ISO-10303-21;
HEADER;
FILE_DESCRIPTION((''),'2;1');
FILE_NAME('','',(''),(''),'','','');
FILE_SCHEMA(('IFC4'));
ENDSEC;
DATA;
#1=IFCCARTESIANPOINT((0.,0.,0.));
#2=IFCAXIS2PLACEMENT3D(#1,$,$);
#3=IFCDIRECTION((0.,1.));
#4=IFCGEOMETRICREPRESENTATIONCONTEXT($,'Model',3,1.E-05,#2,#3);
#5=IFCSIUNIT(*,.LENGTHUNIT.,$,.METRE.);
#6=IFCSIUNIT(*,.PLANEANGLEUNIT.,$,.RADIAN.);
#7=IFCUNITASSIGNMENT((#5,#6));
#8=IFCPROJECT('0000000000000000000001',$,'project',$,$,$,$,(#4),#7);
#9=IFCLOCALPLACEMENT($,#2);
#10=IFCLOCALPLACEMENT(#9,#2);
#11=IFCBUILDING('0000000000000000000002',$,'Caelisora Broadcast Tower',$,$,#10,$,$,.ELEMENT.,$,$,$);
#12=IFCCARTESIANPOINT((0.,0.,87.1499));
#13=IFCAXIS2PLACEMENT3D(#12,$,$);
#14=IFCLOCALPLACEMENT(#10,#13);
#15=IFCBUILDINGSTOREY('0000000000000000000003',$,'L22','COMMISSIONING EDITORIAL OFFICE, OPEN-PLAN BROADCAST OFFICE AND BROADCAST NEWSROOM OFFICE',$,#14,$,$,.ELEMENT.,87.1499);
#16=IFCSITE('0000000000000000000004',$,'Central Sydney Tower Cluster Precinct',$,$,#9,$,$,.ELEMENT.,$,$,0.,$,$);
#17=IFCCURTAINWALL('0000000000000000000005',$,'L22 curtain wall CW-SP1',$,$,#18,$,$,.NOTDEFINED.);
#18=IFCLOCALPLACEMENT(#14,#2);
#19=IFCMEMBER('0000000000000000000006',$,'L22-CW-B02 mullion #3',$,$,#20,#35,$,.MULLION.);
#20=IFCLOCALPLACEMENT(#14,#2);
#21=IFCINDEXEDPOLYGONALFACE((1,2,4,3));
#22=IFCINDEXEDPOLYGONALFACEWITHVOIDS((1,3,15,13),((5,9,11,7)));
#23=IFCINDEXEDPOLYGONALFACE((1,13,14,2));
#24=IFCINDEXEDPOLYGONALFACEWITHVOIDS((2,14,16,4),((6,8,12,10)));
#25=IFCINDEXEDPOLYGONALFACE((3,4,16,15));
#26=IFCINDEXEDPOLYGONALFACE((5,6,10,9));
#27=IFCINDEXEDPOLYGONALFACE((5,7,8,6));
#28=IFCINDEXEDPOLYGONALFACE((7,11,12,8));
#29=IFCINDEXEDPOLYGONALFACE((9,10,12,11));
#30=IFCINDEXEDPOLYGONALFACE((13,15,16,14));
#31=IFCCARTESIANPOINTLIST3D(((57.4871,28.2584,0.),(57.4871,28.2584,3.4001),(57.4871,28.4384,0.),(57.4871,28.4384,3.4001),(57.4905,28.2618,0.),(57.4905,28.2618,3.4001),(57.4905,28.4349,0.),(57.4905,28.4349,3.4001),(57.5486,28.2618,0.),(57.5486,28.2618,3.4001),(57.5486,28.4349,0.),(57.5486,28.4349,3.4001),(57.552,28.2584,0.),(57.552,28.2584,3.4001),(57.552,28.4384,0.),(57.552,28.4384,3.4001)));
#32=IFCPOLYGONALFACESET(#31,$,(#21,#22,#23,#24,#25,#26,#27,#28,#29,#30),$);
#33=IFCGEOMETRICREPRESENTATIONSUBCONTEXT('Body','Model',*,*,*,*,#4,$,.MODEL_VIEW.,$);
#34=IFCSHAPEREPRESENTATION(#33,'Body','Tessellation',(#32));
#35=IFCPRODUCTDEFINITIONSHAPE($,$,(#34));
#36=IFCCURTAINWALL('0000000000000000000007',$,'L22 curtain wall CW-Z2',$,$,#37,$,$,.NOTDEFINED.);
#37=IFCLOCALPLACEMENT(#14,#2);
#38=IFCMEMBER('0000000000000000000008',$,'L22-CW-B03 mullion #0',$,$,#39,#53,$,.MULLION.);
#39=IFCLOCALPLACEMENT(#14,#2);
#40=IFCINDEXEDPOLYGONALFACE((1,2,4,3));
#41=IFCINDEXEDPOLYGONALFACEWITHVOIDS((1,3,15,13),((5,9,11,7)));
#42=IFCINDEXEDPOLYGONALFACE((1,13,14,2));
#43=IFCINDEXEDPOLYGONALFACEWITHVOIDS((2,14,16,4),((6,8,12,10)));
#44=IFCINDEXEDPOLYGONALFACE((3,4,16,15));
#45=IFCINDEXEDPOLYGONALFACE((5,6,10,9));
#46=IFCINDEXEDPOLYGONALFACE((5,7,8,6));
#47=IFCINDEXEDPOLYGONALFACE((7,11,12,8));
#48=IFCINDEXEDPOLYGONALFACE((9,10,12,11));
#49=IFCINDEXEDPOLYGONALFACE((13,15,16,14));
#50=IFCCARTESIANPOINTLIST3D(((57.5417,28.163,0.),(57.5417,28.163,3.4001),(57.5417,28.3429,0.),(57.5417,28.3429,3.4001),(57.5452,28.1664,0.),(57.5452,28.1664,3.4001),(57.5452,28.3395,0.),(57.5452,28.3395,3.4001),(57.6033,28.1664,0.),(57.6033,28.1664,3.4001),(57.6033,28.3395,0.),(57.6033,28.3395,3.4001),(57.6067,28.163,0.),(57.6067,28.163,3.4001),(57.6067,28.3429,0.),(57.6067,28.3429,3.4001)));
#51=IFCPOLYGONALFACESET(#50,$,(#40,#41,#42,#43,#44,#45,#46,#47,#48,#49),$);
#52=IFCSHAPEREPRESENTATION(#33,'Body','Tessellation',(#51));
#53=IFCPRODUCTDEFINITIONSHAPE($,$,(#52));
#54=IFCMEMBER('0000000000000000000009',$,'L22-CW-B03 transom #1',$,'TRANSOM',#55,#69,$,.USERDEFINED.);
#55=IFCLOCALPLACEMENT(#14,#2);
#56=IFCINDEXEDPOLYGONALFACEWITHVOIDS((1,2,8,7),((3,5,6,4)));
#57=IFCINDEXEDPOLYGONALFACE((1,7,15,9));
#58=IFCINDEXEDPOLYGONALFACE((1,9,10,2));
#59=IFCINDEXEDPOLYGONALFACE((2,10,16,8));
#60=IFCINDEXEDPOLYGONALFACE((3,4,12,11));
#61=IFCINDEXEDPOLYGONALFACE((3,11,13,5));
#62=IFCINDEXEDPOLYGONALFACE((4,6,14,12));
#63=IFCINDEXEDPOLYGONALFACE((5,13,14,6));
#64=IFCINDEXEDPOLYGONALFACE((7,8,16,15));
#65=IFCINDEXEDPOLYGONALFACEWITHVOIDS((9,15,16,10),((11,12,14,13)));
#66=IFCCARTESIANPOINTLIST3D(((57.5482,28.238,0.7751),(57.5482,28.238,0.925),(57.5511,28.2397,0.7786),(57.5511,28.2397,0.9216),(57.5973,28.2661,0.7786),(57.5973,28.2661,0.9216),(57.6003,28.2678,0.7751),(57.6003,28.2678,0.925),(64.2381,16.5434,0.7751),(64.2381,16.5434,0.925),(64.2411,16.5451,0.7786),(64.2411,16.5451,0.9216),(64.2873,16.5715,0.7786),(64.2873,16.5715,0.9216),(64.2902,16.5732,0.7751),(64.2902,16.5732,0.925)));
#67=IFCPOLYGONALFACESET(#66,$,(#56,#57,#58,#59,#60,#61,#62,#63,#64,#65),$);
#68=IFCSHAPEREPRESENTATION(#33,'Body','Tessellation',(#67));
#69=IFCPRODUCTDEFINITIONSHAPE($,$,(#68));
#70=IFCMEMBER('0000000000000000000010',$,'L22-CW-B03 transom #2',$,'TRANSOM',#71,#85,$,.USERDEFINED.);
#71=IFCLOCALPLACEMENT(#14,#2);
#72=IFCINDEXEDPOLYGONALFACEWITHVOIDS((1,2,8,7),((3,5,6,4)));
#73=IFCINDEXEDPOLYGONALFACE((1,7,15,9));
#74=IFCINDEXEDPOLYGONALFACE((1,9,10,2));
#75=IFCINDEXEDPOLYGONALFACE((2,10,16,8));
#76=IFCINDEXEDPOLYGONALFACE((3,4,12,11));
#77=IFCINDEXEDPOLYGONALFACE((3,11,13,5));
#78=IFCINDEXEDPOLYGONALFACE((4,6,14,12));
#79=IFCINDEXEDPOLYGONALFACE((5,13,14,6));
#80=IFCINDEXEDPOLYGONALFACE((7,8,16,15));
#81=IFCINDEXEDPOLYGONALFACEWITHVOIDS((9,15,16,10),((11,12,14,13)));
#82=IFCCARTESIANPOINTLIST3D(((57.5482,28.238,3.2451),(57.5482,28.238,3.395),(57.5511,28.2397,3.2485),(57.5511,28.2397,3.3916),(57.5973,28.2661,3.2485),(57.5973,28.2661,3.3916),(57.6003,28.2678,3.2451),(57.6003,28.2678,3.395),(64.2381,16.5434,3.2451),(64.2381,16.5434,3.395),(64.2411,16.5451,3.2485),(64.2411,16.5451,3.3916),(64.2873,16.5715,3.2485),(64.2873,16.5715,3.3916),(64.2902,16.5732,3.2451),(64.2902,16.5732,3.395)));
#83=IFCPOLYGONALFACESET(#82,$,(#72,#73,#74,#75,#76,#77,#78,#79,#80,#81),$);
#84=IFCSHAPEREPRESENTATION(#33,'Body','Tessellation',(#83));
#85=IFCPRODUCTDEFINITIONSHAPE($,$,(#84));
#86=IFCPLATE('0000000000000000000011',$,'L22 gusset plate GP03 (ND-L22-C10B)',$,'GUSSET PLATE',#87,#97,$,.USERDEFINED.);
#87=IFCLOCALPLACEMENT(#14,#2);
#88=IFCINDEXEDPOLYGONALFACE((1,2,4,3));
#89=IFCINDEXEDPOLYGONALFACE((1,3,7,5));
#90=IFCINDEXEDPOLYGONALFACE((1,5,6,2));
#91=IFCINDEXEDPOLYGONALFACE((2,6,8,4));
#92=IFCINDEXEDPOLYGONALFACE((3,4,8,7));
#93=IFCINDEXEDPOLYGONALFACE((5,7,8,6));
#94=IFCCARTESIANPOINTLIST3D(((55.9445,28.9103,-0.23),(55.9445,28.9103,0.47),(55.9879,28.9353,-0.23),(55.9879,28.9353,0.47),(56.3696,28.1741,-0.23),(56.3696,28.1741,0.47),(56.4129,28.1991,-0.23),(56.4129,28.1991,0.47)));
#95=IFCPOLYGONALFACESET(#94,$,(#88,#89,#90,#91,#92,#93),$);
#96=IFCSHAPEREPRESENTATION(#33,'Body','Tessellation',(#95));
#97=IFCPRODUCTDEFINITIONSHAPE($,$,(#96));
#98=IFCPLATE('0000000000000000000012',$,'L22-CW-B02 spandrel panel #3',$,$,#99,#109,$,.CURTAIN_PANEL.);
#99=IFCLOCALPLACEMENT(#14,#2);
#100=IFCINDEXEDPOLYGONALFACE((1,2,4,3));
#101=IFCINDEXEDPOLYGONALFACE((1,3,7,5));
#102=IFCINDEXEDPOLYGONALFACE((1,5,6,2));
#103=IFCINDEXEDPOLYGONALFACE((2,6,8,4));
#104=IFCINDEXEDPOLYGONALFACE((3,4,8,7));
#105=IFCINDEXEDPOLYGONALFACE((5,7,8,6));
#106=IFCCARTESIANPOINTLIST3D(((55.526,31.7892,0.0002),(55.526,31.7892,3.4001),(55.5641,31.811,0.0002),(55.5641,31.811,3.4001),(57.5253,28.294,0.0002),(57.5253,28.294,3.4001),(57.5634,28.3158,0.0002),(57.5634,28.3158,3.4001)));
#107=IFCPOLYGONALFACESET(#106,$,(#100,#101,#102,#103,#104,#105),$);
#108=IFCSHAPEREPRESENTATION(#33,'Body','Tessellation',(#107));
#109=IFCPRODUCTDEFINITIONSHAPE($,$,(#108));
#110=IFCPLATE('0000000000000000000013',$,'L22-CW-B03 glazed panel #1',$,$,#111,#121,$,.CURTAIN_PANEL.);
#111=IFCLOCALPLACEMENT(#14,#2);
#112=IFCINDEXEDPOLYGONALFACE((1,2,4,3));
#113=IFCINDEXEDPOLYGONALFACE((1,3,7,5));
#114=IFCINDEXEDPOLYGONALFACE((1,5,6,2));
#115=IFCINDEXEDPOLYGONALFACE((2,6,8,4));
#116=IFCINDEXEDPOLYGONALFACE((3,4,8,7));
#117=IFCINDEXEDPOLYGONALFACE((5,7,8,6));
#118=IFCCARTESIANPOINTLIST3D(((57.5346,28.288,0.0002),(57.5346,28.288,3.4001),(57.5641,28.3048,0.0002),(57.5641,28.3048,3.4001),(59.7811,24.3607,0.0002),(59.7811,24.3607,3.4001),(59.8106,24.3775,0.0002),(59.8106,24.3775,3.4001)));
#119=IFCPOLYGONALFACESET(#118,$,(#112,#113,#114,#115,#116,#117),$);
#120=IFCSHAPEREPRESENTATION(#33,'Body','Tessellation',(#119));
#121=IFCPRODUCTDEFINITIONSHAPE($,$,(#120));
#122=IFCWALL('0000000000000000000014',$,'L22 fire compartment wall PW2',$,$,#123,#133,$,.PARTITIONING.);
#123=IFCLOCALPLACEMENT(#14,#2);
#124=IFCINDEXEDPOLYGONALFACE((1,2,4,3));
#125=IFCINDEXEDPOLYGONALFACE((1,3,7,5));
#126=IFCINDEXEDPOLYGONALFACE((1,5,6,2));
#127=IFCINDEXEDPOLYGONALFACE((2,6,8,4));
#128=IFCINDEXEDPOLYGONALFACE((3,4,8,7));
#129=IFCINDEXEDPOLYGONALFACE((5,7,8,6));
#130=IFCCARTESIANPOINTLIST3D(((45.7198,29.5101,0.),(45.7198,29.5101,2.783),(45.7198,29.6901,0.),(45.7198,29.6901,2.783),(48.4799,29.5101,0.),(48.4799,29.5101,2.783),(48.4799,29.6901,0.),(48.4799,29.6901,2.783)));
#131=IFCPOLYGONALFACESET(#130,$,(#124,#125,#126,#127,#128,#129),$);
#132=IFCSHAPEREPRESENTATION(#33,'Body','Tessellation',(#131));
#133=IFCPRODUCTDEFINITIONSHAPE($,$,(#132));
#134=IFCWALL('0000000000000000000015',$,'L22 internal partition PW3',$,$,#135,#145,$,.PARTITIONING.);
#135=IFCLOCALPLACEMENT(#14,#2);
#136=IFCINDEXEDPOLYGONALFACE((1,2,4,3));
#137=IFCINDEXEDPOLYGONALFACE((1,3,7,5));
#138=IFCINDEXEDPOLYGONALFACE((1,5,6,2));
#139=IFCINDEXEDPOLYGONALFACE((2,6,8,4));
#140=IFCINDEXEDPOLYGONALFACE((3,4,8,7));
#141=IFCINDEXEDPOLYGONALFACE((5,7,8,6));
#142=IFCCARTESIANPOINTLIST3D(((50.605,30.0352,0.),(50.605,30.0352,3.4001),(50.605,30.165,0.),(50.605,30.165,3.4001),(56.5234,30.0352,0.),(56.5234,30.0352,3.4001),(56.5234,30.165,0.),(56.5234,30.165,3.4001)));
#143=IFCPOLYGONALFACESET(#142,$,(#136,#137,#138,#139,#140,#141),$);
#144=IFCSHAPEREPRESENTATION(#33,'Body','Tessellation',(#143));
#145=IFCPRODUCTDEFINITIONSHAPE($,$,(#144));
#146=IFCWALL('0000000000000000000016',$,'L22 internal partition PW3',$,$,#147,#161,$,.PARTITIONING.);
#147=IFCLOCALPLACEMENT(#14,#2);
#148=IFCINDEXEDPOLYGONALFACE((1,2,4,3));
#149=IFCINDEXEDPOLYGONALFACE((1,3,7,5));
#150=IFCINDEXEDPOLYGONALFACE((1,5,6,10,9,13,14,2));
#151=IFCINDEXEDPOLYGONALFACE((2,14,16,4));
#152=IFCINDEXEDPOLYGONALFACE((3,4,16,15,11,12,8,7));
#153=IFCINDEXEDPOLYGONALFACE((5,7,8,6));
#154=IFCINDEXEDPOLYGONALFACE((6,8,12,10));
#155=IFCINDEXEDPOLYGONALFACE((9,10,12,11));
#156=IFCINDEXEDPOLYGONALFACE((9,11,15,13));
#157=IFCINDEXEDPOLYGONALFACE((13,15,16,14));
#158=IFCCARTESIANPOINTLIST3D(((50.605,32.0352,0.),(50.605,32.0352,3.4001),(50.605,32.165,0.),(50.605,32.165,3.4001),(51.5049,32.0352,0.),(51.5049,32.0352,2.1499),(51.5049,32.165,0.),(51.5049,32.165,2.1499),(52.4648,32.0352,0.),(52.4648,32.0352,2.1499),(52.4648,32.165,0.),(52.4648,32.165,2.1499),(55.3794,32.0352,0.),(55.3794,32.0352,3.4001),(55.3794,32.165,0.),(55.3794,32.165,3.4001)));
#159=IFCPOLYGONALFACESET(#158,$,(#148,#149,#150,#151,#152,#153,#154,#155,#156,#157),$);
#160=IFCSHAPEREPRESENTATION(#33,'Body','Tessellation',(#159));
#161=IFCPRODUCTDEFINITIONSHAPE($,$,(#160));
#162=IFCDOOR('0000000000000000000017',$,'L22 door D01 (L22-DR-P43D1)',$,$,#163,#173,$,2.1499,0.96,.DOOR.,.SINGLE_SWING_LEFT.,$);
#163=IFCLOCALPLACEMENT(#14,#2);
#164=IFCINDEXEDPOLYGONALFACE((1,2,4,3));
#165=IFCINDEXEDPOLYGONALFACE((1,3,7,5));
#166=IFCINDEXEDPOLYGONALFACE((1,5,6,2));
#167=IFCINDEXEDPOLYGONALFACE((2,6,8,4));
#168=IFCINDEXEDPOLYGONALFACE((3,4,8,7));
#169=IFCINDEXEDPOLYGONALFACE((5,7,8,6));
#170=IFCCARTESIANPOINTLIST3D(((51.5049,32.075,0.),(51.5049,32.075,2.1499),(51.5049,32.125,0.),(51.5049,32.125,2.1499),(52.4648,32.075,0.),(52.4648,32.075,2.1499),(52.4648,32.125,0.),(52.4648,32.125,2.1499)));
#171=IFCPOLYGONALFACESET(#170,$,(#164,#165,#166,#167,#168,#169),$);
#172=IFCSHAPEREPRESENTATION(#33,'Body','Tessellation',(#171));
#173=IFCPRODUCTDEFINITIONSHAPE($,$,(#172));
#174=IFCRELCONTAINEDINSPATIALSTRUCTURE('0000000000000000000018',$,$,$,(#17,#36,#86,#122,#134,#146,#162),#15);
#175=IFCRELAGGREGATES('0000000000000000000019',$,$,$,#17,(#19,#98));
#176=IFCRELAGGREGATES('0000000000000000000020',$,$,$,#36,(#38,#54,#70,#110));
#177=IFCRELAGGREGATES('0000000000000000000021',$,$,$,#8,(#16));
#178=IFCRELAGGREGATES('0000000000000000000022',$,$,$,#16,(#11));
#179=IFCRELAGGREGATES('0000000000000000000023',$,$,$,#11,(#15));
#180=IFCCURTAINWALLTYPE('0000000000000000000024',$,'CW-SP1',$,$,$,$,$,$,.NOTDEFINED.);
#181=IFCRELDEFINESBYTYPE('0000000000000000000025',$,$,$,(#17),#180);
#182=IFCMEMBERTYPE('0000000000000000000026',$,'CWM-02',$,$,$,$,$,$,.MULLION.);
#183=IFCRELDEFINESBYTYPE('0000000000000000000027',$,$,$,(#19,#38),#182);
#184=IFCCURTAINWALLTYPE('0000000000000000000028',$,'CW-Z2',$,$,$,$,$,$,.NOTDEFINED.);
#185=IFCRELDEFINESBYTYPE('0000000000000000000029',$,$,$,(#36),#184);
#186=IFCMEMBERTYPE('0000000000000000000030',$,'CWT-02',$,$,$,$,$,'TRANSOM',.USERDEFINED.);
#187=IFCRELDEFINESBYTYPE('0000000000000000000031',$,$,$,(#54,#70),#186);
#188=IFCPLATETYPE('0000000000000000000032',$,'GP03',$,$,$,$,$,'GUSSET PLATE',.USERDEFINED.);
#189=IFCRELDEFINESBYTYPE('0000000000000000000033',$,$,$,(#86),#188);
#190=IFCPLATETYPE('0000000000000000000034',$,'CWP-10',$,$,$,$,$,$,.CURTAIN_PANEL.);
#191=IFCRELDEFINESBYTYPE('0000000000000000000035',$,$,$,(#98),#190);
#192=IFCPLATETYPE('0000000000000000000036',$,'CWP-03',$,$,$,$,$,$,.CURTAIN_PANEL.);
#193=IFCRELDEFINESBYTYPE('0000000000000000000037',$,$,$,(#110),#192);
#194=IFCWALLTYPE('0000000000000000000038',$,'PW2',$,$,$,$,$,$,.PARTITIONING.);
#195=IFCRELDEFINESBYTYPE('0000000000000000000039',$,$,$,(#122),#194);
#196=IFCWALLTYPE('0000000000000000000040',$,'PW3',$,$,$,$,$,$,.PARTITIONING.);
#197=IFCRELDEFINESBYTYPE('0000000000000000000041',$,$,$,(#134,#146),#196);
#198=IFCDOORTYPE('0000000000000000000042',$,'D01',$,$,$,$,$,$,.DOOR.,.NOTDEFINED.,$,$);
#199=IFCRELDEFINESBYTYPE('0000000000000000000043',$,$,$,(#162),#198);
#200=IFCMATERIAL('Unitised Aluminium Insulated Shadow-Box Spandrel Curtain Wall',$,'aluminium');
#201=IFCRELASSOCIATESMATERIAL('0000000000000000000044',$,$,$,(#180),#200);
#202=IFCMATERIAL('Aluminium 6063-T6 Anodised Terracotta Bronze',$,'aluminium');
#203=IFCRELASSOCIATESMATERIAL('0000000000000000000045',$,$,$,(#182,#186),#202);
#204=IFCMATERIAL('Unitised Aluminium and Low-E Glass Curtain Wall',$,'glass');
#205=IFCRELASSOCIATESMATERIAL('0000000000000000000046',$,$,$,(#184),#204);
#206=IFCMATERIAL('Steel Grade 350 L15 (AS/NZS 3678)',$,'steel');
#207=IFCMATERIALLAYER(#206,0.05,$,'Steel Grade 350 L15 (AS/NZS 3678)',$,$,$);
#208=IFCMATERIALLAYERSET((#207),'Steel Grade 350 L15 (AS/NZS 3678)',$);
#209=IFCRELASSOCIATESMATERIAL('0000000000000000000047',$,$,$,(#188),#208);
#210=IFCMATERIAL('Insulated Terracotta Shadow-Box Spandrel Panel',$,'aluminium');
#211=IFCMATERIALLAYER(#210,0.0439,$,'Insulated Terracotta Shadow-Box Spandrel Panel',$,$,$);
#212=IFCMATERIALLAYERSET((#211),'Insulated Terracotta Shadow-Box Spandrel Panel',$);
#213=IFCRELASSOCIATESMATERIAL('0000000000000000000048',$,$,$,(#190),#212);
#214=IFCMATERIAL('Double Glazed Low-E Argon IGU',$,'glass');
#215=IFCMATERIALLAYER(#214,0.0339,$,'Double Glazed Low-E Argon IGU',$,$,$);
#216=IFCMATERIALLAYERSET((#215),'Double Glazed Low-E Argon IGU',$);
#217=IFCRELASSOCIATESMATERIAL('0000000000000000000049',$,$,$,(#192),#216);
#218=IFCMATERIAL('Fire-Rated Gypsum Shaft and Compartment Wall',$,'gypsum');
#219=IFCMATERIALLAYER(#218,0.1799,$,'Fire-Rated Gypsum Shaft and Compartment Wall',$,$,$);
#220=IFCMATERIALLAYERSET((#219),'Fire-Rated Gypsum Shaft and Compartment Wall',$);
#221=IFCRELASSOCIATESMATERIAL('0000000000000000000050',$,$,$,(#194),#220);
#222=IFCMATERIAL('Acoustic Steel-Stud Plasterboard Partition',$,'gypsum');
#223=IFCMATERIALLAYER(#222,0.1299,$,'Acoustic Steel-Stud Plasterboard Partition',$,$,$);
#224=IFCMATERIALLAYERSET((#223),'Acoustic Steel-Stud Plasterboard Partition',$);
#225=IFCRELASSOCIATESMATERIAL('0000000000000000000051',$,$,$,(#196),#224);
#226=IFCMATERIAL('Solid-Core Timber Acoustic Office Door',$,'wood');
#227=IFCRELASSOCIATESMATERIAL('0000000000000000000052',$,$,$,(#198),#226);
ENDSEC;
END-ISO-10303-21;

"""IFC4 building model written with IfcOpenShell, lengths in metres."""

from ifc_helpers import new_model, si_unit, direction, frame, frame_2d, origin, origin_2d, place, context, subcontext, project, spatial, rectangle, hollow_rectangle, extrude, source, transform, mapped, material, layer, layer_set, material_profile, profile_set, type_object, type_shapes, element, fill, aggregate, save


model = new_model("IFC4")

# Units and contexts
model_context = context("Model", 3, precision=1e-05, world=origin(), true_north=direction((0.0, 1.0)))
body_context = subcontext(model_context, "Body", "Model", "MODEL_VIEW")
ifc_project = project(units=[si_unit("LENGTHUNIT", "METRE"), si_unit("PLANEANGLEUNIT", "RADIAN")], contexts=[model_context])

# Site, building, storey
site_placement = place(None, origin())
site = spatial("IfcSite", under=ifc_project, at=site_placement, Name="Central Sydney Tower Cluster Precinct", CompositionType="ELEMENT", RefElevation=0.0)
building_placement = place(site_placement, origin())
building = spatial("IfcBuilding", under=site, at=building_placement, Name="Caelisora Broadcast Tower", CompositionType="ELEMENT")
storey_placement = place(building_placement, frame((0.0, 0.0, 87.1499)))
storey = spatial("IfcBuildingStorey", under=building, at=storey_placement, Name="L22", Description="COMMISSIONING EDITORIAL OFFICE, OPEN-PLAN BROADCAST OFFICE AND BROADCAST NEWSROOM OFFICE", CompositionType="ELEMENT", Elevation=87.1499)

# Shared definitions
ifc_material_1 = material(Name="Steel Grade 350 L15 (AS/NZS 3678)", Category="steel")

# Curtain walls, members
ifc_material_2 = material(Name="Unitised Aluminium Insulated Shadow-Box Spandrel Curtain Wall", Category="aluminium")
curtain_wall_type_1 = type_object("IfcCurtainWallType", Name="CW-SP1", PredefinedType="NOTDEFINED", material=ifc_material_2)
curtain_wall_1_placement = place(storey_placement, origin())
curtain_wall_1 = element("IfcCurtainWall", 1, at=curtain_wall_1_placement, inside=storey, type_object=curtain_wall_type_1, Name="L22 curtain wall CW-SP1", PredefinedType="NOTDEFINED")
ifc_material_3 = material(Name="Aluminium 6063-T6 Anodised Terracotta Bronze", Category="aluminium")
ifc_material_profile_1 = material_profile(ifc_material_3, hollow_rectangle(XDim=0.0649, YDim=0.1799, WallThickness=0.0034, at=origin_2d()), Name="Aluminium 6063-T6 Anodised Terracotta Bronze")
ifc_profile_set_1 = profile_set([ifc_material_profile_1], Name="Aluminium 6063-T6 Anodised Terracotta Bronze")
member_type_1 = type_object("IfcMemberType", Name="CWM-02", PredefinedType="MULLION", material=ifc_profile_set_1)
shared_shape_1 = source(origin(), body_context, "Body", "SweptSolid", [
    extrude(hollow_rectangle(XDim=0.0649, YDim=0.1799, WallThickness=0.0034, at=origin_2d()), origin(), (0.0, 0.0, 1.0), 3.4001),
])
type_shapes(member_type_1, [shared_shape_1])
member_1_placement = place(storey_placement, frame((57.5195, 28.3484, 0.0), z_axis=(0.0, 0.0, 1.0), x_axis=(1.0, 0.0, 0.0)))
member_1 = element("IfcMember", 2, at=member_1_placement, type_object=member_type_1, Name="L22-CW-B02 mullion #3", PredefinedType="MULLION", context=body_context, shape_type="MappedRepresentation", body=[
    mapped(shared_shape_1, transform((0.0, 0.0, 0.0), scale=1.0)),
])
ifc_material_4 = material(Name="Unitised Aluminium and Low-E Glass Curtain Wall", Category="glass")
curtain_wall_type_2 = type_object("IfcCurtainWallType", Name="CW-Z2", PredefinedType="NOTDEFINED", material=ifc_material_4)
curtain_wall_2_placement = place(storey_placement, origin())
curtain_wall_2 = element("IfcCurtainWall", 3, at=curtain_wall_2_placement, inside=storey, type_object=curtain_wall_type_2, Name="L22 curtain wall CW-Z2", PredefinedType="NOTDEFINED")
member_2_placement = place(storey_placement, frame((57.5742, 28.2529, 0.0), z_axis=(0.0, 0.0, 1.0), x_axis=(1.0, 0.0, 0.0)))
member_2 = element("IfcMember", 4, at=member_2_placement, type_object=member_type_1, Name="L22-CW-B03 mullion #0", PredefinedType="MULLION", context=body_context, shape_type="MappedRepresentation", body=[
    mapped(shared_shape_1, transform((0.0, 0.0, 0.0), scale=1.0)),
])
ifc_material_profile_2 = material_profile(ifc_material_3, hollow_rectangle(XDim=0.0601, YDim=0.1499, WallThickness=0.0034, at=origin_2d()), Name="Aluminium 6063-T6 Anodised Terracotta Bronze")
ifc_profile_set_2 = profile_set([ifc_material_profile_2], Name="Aluminium 6063-T6 Anodised Terracotta Bronze")
member_type_2 = type_object("IfcMemberType", Name="CWT-02", ElementType="TRANSOM", PredefinedType="USERDEFINED", material=ifc_profile_set_2)
shared_shape_2 = source(origin(), body_context, "Body", "SweptSolid", [
    extrude(hollow_rectangle(XDim=0.0601, YDim=0.1499, WallThickness=0.0034, at=origin_2d()), origin(), (0.0, 0.0, 1.0), 13.4729),
])
type_shapes(member_type_2, [shared_shape_2])
member_3_placement = place(storey_placement, frame((57.5742, 28.2529, 0.8501), z_axis=(0.496549, -0.868009, 0.0), x_axis=(0.868009, 0.496549, 0.0)))
member_3 = element("IfcMember", 5, at=member_3_placement, type_object=member_type_2, Name="L22-CW-B03 transom #1", ObjectType="TRANSOM", PredefinedType="USERDEFINED", context=body_context, shape_type="MappedRepresentation", body=[
    mapped(shared_shape_2, transform((0.0, 0.0, 0.0), scale=1.0)),
])
member_4_placement = place(storey_placement, frame((57.5742, 28.2529, 3.3201), z_axis=(0.496549, -0.868009, 0.0), x_axis=(0.868009, 0.496549, 0.0)))
member_4 = element("IfcMember", 6, at=member_4_placement, type_object=member_type_2, Name="L22-CW-B03 transom #2", ObjectType="TRANSOM", PredefinedType="USERDEFINED", context=body_context, shape_type="MappedRepresentation", body=[
    mapped(shared_shape_2, transform((0.0, 0.0, 0.0), scale=1.0)),
])

# Plates
ifc_layer_1 = layer(ifc_material_1, 0.05, Name="Steel Grade 350 L15 (AS/NZS 3678)")
ifc_layer_set_1 = layer_set([ifc_layer_1], Name="Steel Grade 350 L15 (AS/NZS 3678)")
plate_type_1 = type_object("IfcPlateType", Name="GP03", ElementType="GUSSET PLATE", PredefinedType="USERDEFINED", material=ifc_layer_set_1)
shared_shape_3 = source(origin(), body_context, "Body", "SweptSolid", [
    extrude(rectangle(XDim=0.8501, YDim=0.05, at=origin_2d()), origin(), (0.0, 0.0, 1.0), 0.7),
])
type_shapes(plate_type_1, [shared_shape_3])
plate_1_placement = place(storey_placement, frame((56.1787, 28.5547, -0.23), z_axis=(0.0, 0.0, 1.0), x_axis=(-0.5, 0.866025, 0.0)))
element("IfcPlate", 7, at=plate_1_placement, inside=storey, type_object=plate_type_1, Name="L22 gusset plate GP03 (ND-L22-C10B)", ObjectType="GUSSET PLATE", PredefinedType="USERDEFINED", context=body_context, shape_type="MappedRepresentation", body=[
    mapped(shared_shape_3, transform((0.0, 0.0, 0.0), scale=1.0)),
])
ifc_material_5 = material(Name="Insulated Terracotta Shadow-Box Spandrel Panel", Category="aluminium")
ifc_layer_2 = layer(ifc_material_5, 0.0439, Name="Insulated Terracotta Shadow-Box Spandrel Panel")
ifc_layer_set_2 = layer_set([ifc_layer_2], Name="Insulated Terracotta Shadow-Box Spandrel Panel")
plate_type_2 = type_object("IfcPlateType", Name="CWP-10", PredefinedType="CURTAIN_PANEL", material=ifc_layer_set_2)
shared_shape_4 = source(origin(), body_context, "Body", "SweptSolid", [
    extrude(rectangle(XDim=4.0266, YDim=0.0439, at=origin_2d()), origin(), (0.0, 0.0, 1.0), 3.3999),
])
type_shapes(plate_type_2, [shared_shape_4])
plate_2_placement = place(storey_placement, frame((56.5447, 30.0525, 0.0002), z_axis=(0.0, 0.0, 1.0), x_axis=(0.49652, -0.868026, 0.0)))
plate_2 = element("IfcPlate", 8, at=plate_2_placement, type_object=plate_type_2, Name="L22-CW-B02 spandrel panel #3", PredefinedType="CURTAIN_PANEL", context=body_context, shape_type="MappedRepresentation", body=[
    mapped(shared_shape_4, transform((0.0, 0.0, 0.0), scale=1.0)),
])
aggregate(curtain_wall_1, [member_1, plate_2])
ifc_material_6 = material(Name="Double Glazed Low-E Argon IGU", Category="glass")
ifc_layer_3 = layer(ifc_material_6, 0.0339, Name="Double Glazed Low-E Argon IGU")
ifc_layer_set_3 = layer_set([ifc_layer_3], Name="Double Glazed Low-E Argon IGU")
plate_type_3 = type_object("IfcPlateType", Name="CWP-03", PredefinedType="CURTAIN_PANEL", material=ifc_layer_set_3)
shared_shape_5 = source(origin(), body_context, "Body", "SweptSolid", [
    extrude(rectangle(XDim=4.5244, YDim=0.0339, at=origin_2d()), origin(), (0.0, 0.0, 1.0), 3.3999),
])
type_shapes(plate_type_3, [shared_shape_5])
plate_3_placement = place(storey_placement, frame((58.6726, 26.3328, 0.0002), z_axis=(0.0, 0.0, 1.0), x_axis=(0.49652, -0.868026, 0.0)))
plate_3 = element("IfcPlate", 9, at=plate_3_placement, type_object=plate_type_3, Name="L22-CW-B03 glazed panel #1", PredefinedType="CURTAIN_PANEL", context=body_context, shape_type="MappedRepresentation", body=[
    mapped(shared_shape_5, transform((0.0, 0.0, 0.0), scale=1.0)),
])
aggregate(curtain_wall_2, [member_2, member_3, member_4, plate_3])

# Walls
ifc_material_7 = material(Name="Fire-Rated Gypsum Shaft and Compartment Wall", Category="gypsum")
ifc_layer_4 = layer(ifc_material_7, 0.1799, Name="Fire-Rated Gypsum Shaft and Compartment Wall")
ifc_layer_set_4 = layer_set([ifc_layer_4], Name="Fire-Rated Gypsum Shaft and Compartment Wall")
wall_type_1 = type_object("IfcWallType", Name="PW2", PredefinedType="PARTITIONING", material=ifc_layer_set_4)
wall_1_placement = place(storey_placement, frame((45.72, 29.6001, 0.0), z_axis=(0.0, 0.0, 1.0), x_axis=(1.0, 0.0, 0.0)))
element("IfcWall", 10, at=wall_1_placement, inside=storey, type_object=wall_type_1, Name="L22 fire compartment wall PW2", PredefinedType="PARTITIONING", context=body_context, shape_type="SweptSolid", body=[
    extrude(rectangle(XDim=2.76, YDim=0.1799, at=frame_2d((1.3799, 0.0))), origin(), (0.0, 0.0, 1.0), 2.783),
])
ifc_material_8 = material(Name="Acoustic Steel-Stud Plasterboard Partition", Category="gypsum")
ifc_layer_5 = layer(ifc_material_8, 0.1299, Name="Acoustic Steel-Stud Plasterboard Partition")
ifc_layer_set_5 = layer_set([ifc_layer_5], Name="Acoustic Steel-Stud Plasterboard Partition")
wall_type_2 = type_object("IfcWallType", Name="PW3", PredefinedType="PARTITIONING", material=ifc_layer_set_5)
wall_2_placement = place(storey_placement, frame((50.605, 30.1001, 0.0), z_axis=(0.0, 0.0, 1.0), x_axis=(1.0, 0.0, 0.0)))
element("IfcWall", 11, at=wall_2_placement, inside=storey, type_object=wall_type_2, Name="L22 internal partition PW3", PredefinedType="PARTITIONING", context=body_context, shape_type="SweptSolid", body=[
    extrude(rectangle(XDim=5.9185, YDim=0.1299, at=frame_2d((2.9592, 0.0))), origin(), (0.0, 0.0, 1.0), 3.4001),
])

# Wall, opening, door
wall_3_placement = place(storey_placement, frame((50.605, 32.1001, 0.0), z_axis=(0.0, 0.0, 1.0), x_axis=(1.0, 0.0, 0.0)))
wall_3 = element("IfcWall", 12, at=wall_3_placement, inside=storey, type_object=wall_type_2, Name="L22 internal partition PW3", PredefinedType="PARTITIONING", context=body_context, shape_type="SweptSolid", body=[
    extrude(rectangle(XDim=4.7744, YDim=0.1299, at=frame_2d((2.3872, 0.0))), origin(), (0.0, 0.0, 1.0), 3.4001),
])
opening_placement = place(wall_3_placement, frame((0.8999, 0.0, 0.0)))
opening = element("IfcOpeningElement", 13, at=opening_placement, cuts=wall_3, PredefinedType="OPENING", context=body_context, shape_type="SweptSolid", body=[
    extrude(rectangle(XDim=0.96, YDim=2.1499, at=frame_2d((0.48, 1.075))), frame((0.0, 0.0769, 0.0), z_axis=(0.0, -1.0, 0.0), x_axis=(1.0, 0.0, 0.0)), (0.0, 0.0, 1.0), 0.1538),
])
ifc_material_9 = material(Name="Solid-Core Timber Acoustic Office Door", Category="wood")
door_type = type_object("IfcDoorType", Name="D01", OperationType="NOTDEFINED", PredefinedType="DOOR", material=ifc_material_9)
door_placement = place(opening_placement, origin())
door = element("IfcDoor", 14, at=door_placement, inside=storey, type_object=door_type, Name="L22 door D01 (L22-DR-P43D1)", OperationType="SINGLE_SWING_LEFT", OverallHeight=2.1499, OverallWidth=0.96, PredefinedType="DOOR", context=body_context, shape_type="SweptSolid", body=[
    extrude(rectangle(XDim=0.96, YDim=2.1499, at=frame_2d((0.48, 1.075))), frame((0.0, 0.0249, 0.0), z_axis=(0.0, -1.0, 0.0), x_axis=(1.0, 0.0, 0.0)), (0.0, 0.0, 1.0), 0.05),
])
fill(opening, door)

save(model, "model.ifc")
